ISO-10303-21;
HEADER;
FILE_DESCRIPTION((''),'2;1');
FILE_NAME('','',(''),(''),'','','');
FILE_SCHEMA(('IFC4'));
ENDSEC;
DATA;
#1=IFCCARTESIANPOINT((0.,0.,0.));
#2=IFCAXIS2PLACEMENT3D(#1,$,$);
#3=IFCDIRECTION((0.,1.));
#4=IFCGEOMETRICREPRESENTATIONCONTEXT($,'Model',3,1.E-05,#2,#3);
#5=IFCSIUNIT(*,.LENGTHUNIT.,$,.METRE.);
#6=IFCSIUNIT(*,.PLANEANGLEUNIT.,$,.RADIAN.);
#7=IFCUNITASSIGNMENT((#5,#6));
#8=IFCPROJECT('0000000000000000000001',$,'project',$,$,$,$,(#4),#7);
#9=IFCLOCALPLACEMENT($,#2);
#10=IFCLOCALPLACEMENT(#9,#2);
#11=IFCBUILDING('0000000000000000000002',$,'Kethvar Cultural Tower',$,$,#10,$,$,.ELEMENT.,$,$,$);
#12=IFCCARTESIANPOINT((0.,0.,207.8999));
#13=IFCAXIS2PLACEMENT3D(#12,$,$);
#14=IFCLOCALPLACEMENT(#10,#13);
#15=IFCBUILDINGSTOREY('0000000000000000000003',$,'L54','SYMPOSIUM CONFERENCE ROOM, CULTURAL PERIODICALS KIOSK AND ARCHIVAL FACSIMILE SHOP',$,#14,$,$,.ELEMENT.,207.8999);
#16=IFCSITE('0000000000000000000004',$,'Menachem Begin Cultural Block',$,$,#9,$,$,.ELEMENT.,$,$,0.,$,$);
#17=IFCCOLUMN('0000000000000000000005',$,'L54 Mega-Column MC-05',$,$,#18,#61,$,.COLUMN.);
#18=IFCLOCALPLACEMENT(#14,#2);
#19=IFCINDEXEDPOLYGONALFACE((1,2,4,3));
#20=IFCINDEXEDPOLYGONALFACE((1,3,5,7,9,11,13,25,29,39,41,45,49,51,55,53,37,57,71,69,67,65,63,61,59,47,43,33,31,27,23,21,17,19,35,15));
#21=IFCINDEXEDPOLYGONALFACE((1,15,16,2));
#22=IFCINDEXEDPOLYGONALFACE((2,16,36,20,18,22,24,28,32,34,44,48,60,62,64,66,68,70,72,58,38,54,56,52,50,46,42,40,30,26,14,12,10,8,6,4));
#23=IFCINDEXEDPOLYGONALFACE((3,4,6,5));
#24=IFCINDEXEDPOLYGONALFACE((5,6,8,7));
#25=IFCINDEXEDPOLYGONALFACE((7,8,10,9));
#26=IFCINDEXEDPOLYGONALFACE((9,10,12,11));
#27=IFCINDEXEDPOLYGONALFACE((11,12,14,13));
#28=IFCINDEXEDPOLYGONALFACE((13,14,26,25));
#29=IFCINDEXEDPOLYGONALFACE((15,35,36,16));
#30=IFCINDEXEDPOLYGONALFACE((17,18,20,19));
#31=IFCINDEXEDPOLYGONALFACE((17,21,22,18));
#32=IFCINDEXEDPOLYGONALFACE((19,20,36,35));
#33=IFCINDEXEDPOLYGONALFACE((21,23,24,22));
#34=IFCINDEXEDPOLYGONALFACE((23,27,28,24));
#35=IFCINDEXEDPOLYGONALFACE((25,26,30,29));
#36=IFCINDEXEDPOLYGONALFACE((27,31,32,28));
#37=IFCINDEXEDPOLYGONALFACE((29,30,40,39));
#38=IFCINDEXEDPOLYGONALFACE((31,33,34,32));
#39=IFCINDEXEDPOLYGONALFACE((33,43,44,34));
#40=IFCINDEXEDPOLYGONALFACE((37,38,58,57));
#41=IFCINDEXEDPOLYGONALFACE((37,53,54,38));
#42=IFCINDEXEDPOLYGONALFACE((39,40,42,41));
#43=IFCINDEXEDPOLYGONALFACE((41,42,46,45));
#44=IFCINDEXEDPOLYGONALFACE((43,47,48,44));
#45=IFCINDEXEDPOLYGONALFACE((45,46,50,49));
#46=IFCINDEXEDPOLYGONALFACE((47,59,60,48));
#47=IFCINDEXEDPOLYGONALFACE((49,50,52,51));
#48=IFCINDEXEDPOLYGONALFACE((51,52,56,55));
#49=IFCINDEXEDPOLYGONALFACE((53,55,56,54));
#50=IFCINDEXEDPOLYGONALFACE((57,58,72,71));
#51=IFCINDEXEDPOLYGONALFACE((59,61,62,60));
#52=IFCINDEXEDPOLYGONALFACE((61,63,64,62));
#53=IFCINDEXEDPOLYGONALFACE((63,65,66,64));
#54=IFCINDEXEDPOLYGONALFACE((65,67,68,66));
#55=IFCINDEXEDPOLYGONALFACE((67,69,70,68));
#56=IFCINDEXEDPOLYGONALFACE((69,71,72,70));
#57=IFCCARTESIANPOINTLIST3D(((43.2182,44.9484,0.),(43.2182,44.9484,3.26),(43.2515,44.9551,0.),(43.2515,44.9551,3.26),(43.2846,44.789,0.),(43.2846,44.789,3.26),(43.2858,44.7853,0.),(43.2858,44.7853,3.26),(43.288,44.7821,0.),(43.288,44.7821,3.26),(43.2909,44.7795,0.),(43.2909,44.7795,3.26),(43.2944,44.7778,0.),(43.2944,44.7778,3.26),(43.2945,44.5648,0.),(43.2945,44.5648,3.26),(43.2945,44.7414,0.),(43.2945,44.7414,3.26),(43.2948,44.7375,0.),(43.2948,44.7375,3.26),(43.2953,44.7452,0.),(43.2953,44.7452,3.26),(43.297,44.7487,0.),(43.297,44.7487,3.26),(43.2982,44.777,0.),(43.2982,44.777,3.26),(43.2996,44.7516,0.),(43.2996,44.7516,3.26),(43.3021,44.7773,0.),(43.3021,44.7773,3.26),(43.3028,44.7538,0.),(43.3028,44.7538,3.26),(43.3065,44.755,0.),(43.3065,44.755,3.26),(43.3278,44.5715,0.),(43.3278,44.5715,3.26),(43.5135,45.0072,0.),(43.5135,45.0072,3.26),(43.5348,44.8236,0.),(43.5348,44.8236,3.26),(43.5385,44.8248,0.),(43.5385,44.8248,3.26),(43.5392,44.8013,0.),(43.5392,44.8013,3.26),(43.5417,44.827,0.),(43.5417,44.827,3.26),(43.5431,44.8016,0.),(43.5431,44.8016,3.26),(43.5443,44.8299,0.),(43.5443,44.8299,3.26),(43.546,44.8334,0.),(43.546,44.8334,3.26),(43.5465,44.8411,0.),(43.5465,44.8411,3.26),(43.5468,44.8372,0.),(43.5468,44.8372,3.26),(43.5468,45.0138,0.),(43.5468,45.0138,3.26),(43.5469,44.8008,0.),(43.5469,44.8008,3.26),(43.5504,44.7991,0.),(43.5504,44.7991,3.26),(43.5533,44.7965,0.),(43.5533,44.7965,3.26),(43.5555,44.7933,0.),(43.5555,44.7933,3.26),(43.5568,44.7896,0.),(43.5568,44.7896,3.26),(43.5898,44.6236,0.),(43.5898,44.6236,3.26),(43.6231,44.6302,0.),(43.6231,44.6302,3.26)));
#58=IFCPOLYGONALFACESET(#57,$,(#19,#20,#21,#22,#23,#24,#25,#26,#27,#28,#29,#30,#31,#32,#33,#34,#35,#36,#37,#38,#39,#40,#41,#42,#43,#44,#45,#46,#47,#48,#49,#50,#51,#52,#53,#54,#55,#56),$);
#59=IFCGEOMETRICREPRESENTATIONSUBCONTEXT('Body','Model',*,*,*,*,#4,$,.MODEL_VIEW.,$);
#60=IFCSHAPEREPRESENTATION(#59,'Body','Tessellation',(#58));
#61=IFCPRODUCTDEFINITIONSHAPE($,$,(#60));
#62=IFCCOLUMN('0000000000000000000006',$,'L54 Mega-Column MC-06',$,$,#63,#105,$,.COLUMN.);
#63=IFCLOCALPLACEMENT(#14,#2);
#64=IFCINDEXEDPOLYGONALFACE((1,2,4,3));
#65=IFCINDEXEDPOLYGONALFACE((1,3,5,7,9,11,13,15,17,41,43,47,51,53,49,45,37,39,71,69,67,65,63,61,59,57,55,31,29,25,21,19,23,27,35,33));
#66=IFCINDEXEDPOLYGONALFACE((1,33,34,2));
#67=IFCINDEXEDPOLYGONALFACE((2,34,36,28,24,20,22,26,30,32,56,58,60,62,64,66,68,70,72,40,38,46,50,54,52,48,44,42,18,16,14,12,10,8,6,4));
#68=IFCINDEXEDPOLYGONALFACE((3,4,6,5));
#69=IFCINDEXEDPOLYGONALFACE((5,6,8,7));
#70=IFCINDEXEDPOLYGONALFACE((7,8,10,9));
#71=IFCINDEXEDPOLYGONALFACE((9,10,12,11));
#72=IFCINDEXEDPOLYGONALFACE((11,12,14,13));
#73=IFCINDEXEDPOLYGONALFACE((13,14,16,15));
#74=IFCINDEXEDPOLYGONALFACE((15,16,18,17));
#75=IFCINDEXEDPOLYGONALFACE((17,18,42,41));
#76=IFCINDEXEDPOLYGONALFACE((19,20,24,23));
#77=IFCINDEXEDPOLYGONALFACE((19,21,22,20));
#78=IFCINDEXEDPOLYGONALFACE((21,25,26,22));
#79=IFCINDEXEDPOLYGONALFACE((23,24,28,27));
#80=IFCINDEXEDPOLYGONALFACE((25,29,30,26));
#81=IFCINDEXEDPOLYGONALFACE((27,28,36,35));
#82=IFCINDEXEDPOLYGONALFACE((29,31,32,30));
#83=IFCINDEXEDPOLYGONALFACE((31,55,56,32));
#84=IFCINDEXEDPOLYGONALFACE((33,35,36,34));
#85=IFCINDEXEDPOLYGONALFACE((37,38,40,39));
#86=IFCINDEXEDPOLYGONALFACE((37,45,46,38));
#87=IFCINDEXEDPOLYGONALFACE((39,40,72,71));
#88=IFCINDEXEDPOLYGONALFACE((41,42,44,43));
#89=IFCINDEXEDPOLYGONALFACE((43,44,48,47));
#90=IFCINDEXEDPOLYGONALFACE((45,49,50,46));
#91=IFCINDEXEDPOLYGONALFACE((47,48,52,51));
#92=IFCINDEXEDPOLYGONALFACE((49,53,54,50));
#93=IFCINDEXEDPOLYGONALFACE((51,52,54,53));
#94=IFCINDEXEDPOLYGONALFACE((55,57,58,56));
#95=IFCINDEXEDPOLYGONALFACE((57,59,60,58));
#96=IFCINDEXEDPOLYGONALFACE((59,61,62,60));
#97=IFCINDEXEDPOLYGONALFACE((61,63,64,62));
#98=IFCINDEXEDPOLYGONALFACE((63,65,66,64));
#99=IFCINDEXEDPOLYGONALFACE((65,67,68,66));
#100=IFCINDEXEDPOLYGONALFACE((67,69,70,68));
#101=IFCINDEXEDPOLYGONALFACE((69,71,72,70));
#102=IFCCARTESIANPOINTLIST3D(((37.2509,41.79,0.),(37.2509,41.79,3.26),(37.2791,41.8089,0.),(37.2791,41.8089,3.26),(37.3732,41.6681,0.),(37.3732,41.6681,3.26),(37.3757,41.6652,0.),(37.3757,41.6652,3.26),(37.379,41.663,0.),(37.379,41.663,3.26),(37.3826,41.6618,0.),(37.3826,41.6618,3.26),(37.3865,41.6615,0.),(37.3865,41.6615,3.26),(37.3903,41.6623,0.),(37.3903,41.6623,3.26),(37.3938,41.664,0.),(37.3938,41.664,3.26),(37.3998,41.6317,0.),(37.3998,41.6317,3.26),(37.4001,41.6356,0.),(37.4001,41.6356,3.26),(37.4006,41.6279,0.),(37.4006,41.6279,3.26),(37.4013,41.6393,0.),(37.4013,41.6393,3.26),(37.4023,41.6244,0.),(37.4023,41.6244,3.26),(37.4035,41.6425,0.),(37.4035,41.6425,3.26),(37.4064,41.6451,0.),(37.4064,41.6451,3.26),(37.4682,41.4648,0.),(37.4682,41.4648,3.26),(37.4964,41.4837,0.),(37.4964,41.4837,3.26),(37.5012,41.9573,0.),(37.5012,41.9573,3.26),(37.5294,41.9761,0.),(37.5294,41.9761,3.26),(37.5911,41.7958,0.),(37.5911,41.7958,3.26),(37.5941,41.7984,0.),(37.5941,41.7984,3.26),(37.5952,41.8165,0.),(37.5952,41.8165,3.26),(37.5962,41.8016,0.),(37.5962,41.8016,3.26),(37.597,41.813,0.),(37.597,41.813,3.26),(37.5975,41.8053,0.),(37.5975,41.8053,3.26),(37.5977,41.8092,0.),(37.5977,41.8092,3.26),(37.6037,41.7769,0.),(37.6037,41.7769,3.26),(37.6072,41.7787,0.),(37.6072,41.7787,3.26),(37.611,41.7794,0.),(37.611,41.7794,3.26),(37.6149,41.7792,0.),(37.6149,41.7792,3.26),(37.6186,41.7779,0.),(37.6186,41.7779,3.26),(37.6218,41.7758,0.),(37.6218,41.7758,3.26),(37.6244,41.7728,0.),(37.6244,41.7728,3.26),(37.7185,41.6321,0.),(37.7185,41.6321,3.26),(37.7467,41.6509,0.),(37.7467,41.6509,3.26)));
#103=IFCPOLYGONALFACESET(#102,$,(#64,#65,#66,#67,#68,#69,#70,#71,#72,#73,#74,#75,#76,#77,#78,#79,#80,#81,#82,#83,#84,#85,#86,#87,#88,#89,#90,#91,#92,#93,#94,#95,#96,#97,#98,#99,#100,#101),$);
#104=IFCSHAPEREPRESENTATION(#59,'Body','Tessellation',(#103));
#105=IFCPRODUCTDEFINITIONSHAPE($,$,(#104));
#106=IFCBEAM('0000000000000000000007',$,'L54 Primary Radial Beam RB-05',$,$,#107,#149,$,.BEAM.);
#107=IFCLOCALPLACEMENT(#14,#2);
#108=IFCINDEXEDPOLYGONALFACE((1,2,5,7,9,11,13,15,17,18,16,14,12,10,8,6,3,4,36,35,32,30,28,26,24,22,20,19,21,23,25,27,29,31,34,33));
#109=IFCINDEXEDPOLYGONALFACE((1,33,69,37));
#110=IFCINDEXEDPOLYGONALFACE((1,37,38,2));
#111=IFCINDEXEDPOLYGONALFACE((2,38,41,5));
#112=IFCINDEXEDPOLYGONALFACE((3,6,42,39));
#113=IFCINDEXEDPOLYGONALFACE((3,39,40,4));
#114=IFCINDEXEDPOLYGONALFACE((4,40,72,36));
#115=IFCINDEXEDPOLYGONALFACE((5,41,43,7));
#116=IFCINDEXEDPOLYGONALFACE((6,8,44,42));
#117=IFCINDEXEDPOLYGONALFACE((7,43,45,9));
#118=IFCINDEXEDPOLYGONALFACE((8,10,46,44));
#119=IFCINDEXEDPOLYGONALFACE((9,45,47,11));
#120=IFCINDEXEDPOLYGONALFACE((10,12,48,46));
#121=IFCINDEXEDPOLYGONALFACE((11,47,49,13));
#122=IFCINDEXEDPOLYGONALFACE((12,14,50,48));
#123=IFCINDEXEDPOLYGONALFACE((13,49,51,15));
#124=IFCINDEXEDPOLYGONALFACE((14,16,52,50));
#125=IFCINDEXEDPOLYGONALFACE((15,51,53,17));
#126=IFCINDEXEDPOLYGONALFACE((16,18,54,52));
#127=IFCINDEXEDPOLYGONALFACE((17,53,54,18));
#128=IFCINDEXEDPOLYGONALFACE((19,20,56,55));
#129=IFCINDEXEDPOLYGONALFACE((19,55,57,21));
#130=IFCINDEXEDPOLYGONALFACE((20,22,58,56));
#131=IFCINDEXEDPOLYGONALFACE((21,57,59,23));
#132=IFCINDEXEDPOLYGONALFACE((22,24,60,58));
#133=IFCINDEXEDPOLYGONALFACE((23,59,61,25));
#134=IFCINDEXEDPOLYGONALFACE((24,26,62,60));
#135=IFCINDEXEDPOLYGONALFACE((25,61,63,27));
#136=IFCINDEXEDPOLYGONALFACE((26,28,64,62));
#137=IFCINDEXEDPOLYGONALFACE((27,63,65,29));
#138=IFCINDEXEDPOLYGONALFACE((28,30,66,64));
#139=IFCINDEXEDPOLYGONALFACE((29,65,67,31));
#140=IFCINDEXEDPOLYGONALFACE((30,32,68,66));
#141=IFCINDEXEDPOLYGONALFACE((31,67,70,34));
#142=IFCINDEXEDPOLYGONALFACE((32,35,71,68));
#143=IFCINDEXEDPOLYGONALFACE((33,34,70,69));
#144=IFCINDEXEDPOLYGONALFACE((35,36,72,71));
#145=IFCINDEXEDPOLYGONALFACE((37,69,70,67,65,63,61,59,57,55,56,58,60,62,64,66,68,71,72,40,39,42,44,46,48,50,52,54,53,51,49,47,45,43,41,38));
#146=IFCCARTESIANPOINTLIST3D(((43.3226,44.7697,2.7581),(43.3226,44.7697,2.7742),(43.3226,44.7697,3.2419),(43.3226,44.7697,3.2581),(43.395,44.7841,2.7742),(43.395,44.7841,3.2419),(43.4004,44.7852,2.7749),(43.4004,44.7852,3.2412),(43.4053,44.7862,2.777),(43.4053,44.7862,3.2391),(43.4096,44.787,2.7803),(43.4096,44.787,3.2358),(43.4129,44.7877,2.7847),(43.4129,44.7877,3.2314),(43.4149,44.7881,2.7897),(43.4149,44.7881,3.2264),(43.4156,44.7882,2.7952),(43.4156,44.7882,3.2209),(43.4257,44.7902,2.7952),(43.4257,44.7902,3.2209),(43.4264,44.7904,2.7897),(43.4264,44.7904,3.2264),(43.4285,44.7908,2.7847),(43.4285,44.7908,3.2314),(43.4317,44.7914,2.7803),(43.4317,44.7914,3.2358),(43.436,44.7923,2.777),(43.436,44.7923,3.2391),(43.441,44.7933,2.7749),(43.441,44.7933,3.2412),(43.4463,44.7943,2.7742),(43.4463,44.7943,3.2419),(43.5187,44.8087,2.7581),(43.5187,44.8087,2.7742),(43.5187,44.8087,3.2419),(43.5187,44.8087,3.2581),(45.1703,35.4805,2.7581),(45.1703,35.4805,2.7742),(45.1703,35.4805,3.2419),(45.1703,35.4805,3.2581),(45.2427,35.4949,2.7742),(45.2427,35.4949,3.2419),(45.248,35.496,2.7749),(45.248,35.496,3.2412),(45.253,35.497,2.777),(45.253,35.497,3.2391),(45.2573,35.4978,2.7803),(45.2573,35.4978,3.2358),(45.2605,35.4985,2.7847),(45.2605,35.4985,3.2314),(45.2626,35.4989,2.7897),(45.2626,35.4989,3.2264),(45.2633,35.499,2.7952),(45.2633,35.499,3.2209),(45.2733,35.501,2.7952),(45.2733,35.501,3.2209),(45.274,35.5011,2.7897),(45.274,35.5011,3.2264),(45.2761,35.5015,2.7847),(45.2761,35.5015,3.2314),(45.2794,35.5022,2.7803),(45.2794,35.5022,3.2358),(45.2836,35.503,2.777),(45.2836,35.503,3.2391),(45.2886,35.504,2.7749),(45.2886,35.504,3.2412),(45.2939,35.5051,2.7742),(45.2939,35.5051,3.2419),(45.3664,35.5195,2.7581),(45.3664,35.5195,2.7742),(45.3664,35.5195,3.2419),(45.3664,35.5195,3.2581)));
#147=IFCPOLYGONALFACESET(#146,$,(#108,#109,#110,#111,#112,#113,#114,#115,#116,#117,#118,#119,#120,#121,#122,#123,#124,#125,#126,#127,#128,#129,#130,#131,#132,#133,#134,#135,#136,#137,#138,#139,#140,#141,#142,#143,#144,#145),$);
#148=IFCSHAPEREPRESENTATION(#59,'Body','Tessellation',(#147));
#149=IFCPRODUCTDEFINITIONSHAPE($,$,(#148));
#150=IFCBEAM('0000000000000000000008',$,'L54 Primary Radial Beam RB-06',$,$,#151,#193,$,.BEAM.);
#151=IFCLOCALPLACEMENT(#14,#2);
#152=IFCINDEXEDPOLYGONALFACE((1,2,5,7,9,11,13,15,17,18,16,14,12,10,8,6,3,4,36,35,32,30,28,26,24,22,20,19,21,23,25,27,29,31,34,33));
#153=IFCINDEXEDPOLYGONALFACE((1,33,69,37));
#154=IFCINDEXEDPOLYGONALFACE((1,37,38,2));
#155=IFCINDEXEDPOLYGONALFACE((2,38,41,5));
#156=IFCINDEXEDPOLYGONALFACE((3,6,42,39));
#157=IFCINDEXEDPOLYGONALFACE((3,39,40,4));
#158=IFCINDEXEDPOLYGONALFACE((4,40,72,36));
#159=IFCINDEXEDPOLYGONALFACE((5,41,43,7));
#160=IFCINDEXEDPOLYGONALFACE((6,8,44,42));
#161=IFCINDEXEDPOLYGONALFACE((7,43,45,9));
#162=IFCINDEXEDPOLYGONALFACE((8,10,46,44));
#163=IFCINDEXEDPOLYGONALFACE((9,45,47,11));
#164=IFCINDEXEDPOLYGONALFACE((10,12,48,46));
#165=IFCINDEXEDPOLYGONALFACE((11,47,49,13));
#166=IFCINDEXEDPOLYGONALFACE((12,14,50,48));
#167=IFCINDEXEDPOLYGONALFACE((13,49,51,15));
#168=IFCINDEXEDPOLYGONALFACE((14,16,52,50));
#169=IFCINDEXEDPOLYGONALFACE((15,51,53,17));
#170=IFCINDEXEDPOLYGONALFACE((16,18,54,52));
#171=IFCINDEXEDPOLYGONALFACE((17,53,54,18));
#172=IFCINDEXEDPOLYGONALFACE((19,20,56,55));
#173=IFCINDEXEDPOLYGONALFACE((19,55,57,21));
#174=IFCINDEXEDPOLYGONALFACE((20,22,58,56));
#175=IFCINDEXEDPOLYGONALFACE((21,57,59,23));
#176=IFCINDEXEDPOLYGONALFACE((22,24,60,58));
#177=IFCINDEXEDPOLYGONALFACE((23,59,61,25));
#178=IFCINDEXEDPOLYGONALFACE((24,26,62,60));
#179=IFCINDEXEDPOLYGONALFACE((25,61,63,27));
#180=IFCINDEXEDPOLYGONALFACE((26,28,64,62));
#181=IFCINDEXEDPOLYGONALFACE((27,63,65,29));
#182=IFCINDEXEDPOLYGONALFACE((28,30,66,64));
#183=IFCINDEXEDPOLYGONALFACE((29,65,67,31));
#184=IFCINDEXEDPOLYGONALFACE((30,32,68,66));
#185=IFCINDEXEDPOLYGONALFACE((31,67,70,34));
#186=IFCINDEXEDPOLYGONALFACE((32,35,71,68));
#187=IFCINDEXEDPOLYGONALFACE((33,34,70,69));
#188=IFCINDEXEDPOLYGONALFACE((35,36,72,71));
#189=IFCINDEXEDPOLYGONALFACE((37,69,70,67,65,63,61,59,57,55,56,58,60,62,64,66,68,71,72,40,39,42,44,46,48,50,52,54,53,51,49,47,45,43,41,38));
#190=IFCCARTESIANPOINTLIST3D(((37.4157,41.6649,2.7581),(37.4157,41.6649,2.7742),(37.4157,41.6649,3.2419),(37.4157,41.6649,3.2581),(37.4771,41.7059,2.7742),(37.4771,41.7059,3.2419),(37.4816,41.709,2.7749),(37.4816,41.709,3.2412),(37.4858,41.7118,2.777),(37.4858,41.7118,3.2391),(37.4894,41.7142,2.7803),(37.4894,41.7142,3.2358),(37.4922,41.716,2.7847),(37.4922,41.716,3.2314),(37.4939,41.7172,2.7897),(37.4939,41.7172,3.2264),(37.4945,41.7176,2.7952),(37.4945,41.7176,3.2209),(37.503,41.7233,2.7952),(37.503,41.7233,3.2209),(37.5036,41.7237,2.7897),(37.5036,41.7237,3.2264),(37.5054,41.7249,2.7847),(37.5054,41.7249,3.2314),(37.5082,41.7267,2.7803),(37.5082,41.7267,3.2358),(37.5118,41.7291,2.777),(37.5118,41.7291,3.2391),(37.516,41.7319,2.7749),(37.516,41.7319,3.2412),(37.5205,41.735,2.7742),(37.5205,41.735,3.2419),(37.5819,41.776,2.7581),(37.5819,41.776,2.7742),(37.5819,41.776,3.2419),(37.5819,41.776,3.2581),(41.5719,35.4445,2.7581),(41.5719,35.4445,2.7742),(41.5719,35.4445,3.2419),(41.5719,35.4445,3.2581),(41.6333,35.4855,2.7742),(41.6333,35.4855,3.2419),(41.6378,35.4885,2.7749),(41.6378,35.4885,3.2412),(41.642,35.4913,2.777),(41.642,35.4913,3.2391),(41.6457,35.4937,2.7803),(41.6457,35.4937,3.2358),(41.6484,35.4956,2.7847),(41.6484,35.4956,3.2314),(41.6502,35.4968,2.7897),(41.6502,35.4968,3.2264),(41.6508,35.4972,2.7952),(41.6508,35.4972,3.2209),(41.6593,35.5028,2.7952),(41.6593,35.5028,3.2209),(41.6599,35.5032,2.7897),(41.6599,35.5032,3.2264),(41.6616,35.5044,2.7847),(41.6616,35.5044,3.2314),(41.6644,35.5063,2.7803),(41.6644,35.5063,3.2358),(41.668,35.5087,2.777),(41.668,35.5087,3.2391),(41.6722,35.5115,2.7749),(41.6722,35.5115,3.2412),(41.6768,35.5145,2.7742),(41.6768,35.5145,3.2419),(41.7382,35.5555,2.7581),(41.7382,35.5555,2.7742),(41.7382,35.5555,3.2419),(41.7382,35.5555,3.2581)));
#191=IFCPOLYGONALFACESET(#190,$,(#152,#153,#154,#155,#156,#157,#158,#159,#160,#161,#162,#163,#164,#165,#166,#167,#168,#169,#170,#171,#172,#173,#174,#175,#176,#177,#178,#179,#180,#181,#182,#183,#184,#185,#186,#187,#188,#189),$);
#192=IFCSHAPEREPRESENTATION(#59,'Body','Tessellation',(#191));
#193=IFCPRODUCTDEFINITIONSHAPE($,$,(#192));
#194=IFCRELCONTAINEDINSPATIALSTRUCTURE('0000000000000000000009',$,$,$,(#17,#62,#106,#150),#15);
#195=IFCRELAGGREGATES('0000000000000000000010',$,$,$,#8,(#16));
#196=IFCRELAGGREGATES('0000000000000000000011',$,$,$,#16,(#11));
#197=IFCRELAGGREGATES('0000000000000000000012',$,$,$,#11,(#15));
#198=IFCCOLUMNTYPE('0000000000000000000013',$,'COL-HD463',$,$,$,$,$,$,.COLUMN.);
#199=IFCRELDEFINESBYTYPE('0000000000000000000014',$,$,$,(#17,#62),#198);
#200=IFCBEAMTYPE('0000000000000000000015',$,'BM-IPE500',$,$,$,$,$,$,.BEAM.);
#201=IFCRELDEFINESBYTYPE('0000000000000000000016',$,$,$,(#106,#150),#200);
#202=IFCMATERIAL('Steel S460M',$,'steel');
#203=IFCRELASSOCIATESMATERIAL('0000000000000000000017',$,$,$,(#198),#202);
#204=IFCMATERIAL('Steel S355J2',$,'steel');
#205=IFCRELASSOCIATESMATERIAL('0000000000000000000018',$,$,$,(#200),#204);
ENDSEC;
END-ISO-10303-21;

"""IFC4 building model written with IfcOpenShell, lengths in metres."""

from ifc_helpers import new_model, si_unit, direction, frame, origin, origin_2d, place, context, subcontext, project, spatial, i_section, extrude, source, transform, mapped, material, material_profile, profile_set, type_object, element, save


model = new_model("IFC4")

# Units and contexts
model_context = context("Model", 3, precision=1e-05, world=origin(), true_north=direction((0.0, 1.0)))
body_context = subcontext(model_context, "Body", "Model", "MODEL_VIEW")
ifc_project = project(units=[si_unit("LENGTHUNIT", "METRE"), si_unit("PLANEANGLEUNIT", "RADIAN")], contexts=[model_context])

# Site, building, storey
site_placement = place(None, origin())
site = spatial("IfcSite", under=ifc_project, at=site_placement, Name="Menachem Begin Cultural Block", CompositionType="ELEMENT", RefElevation=0.0)
building_placement = place(site_placement, origin())
building = spatial("IfcBuilding", under=site, at=building_placement, Name="Kethvar Cultural Tower", CompositionType="ELEMENT")
storey_placement = place(building_placement, frame((0.0, 0.0, 207.8999)))
storey = spatial("IfcBuildingStorey", under=building, at=storey_placement, Name="L54", Description="SYMPOSIUM CONFERENCE ROOM, CULTURAL PERIODICALS KIOSK AND ARCHIVAL FACSIMILE SHOP", CompositionType="ELEMENT", Elevation=207.8999)

# Columns
ifc_material_1 = material(Name="Steel S460M", Category="steel")
ifc_material_profile_1 = material_profile(ifc_material_1, i_section(OverallWidth=0.3911, OverallDepth=0.335, WebThickness=0.0227, FlangeThickness=0.0339, FilletRadius=0.0149, at=origin_2d()), Name="Steel S460M — HD400x463")
ifc_profile_set_1 = profile_set([ifc_material_profile_1], Name="Steel S460M — HD400x463")
column_type = type_object("IfcColumnType", Name="COL-HD463", PredefinedType="COLUMN", material=ifc_profile_set_1)
shared_shape_1 = source(origin(), body_context, "Body", "SweptSolid", [
    extrude(i_section(OverallWidth=0.3911, OverallDepth=0.335, WebThickness=0.0227, FlangeThickness=0.0339, FilletRadius=0.0149, at=origin_2d()), origin(), (0.0, 0.0, 1.0), 3.26),
])
for number, where, z_axis, x_axis, name in (
    (1, (43.4207, 44.7893, 0.0), (0.0, 0.0, 1.0), (-0.19509, 0.980785, 0.0), "L54 Mega-Column MC-05"),
    (2, (37.4988, 41.7205, 0.0), (0.0, 0.0, 1.0), (-0.55557, 0.83147, 0.0), "L54 Mega-Column MC-06"),
):
    element("IfcColumn", number, at=place(storey_placement, frame(where, z_axis=z_axis, x_axis=x_axis)), inside=storey, type_object=column_type, Name=name, PredefinedType="COLUMN", context=body_context, shape_type="MappedRepresentation", body=[
        mapped(shared_shape_1, transform((0.0, 0.0, 0.0), scale=1.0)),
    ])

# Beams
ifc_material_2 = material(Name="Steel S355J2", Category="steel")
ifc_material_profile_2 = material_profile(ifc_material_2, i_section(OverallWidth=0.2, OverallDepth=0.5, WebThickness=0.0103, FlangeThickness=0.0161, FilletRadius=0.021, at=origin_2d()), Name="Steel S355J2 — IPE500")
ifc_profile_set_2 = profile_set([ifc_material_profile_2], Name="Steel S355J2 — IPE500")
beam_type_1 = type_object("IfcBeamType", Name="BM-IPE500", PredefinedType="BEAM", material=ifc_profile_set_2)
shared_shape_2 = source(origin(), body_context, "Body", "SweptSolid", [
    extrude(i_section(OverallWidth=0.2, OverallDepth=0.5, WebThickness=0.0103, FlangeThickness=0.0161, FilletRadius=0.021, at=origin_2d()), origin(), (0.0, 0.0, 1.0), 9.4712),
])
beam_1_placement = place(storey_placement, frame((45.2683, 35.5, 3.0081), z_axis=(-0.19508, 0.980787, 0.0), x_axis=(-0.980787, -0.19508, 0.0)))
element("IfcBeam", 3, at=beam_1_placement, inside=storey, type_object=beam_type_1, Name="L54 Primary Radial Beam RB-05", PredefinedType="BEAM", context=body_context, shape_type="MappedRepresentation", body=[
    mapped(shared_shape_2, transform((0.0, 0.0, 0.0), scale=1.0)),
])
shared_shape_3 = source(origin(), body_context, "Body", "SweptSolid", [
    extrude(i_section(OverallWidth=0.2, OverallDepth=0.5, WebThickness=0.0103, FlangeThickness=0.0161, FilletRadius=0.021, at=origin_2d()), origin(), (0.0, 0.0, 1.0), 7.4812),
])
beam_2_placement = place(storey_placement, frame((41.655, 35.5, 3.0081), z_axis=(-0.555558, 0.831478, 0.0), x_axis=(-0.831478, -0.555558, 0.0)))
element("IfcBeam", 4, at=beam_2_placement, inside=storey, type_object=beam_type_1, Name="L54 Primary Radial Beam RB-06", PredefinedType="BEAM", context=body_context, shape_type="MappedRepresentation", body=[
    mapped(shared_shape_3, transform((0.0, 0.0, 0.0), scale=1.0)),
])

save(model, "model.ifc")
